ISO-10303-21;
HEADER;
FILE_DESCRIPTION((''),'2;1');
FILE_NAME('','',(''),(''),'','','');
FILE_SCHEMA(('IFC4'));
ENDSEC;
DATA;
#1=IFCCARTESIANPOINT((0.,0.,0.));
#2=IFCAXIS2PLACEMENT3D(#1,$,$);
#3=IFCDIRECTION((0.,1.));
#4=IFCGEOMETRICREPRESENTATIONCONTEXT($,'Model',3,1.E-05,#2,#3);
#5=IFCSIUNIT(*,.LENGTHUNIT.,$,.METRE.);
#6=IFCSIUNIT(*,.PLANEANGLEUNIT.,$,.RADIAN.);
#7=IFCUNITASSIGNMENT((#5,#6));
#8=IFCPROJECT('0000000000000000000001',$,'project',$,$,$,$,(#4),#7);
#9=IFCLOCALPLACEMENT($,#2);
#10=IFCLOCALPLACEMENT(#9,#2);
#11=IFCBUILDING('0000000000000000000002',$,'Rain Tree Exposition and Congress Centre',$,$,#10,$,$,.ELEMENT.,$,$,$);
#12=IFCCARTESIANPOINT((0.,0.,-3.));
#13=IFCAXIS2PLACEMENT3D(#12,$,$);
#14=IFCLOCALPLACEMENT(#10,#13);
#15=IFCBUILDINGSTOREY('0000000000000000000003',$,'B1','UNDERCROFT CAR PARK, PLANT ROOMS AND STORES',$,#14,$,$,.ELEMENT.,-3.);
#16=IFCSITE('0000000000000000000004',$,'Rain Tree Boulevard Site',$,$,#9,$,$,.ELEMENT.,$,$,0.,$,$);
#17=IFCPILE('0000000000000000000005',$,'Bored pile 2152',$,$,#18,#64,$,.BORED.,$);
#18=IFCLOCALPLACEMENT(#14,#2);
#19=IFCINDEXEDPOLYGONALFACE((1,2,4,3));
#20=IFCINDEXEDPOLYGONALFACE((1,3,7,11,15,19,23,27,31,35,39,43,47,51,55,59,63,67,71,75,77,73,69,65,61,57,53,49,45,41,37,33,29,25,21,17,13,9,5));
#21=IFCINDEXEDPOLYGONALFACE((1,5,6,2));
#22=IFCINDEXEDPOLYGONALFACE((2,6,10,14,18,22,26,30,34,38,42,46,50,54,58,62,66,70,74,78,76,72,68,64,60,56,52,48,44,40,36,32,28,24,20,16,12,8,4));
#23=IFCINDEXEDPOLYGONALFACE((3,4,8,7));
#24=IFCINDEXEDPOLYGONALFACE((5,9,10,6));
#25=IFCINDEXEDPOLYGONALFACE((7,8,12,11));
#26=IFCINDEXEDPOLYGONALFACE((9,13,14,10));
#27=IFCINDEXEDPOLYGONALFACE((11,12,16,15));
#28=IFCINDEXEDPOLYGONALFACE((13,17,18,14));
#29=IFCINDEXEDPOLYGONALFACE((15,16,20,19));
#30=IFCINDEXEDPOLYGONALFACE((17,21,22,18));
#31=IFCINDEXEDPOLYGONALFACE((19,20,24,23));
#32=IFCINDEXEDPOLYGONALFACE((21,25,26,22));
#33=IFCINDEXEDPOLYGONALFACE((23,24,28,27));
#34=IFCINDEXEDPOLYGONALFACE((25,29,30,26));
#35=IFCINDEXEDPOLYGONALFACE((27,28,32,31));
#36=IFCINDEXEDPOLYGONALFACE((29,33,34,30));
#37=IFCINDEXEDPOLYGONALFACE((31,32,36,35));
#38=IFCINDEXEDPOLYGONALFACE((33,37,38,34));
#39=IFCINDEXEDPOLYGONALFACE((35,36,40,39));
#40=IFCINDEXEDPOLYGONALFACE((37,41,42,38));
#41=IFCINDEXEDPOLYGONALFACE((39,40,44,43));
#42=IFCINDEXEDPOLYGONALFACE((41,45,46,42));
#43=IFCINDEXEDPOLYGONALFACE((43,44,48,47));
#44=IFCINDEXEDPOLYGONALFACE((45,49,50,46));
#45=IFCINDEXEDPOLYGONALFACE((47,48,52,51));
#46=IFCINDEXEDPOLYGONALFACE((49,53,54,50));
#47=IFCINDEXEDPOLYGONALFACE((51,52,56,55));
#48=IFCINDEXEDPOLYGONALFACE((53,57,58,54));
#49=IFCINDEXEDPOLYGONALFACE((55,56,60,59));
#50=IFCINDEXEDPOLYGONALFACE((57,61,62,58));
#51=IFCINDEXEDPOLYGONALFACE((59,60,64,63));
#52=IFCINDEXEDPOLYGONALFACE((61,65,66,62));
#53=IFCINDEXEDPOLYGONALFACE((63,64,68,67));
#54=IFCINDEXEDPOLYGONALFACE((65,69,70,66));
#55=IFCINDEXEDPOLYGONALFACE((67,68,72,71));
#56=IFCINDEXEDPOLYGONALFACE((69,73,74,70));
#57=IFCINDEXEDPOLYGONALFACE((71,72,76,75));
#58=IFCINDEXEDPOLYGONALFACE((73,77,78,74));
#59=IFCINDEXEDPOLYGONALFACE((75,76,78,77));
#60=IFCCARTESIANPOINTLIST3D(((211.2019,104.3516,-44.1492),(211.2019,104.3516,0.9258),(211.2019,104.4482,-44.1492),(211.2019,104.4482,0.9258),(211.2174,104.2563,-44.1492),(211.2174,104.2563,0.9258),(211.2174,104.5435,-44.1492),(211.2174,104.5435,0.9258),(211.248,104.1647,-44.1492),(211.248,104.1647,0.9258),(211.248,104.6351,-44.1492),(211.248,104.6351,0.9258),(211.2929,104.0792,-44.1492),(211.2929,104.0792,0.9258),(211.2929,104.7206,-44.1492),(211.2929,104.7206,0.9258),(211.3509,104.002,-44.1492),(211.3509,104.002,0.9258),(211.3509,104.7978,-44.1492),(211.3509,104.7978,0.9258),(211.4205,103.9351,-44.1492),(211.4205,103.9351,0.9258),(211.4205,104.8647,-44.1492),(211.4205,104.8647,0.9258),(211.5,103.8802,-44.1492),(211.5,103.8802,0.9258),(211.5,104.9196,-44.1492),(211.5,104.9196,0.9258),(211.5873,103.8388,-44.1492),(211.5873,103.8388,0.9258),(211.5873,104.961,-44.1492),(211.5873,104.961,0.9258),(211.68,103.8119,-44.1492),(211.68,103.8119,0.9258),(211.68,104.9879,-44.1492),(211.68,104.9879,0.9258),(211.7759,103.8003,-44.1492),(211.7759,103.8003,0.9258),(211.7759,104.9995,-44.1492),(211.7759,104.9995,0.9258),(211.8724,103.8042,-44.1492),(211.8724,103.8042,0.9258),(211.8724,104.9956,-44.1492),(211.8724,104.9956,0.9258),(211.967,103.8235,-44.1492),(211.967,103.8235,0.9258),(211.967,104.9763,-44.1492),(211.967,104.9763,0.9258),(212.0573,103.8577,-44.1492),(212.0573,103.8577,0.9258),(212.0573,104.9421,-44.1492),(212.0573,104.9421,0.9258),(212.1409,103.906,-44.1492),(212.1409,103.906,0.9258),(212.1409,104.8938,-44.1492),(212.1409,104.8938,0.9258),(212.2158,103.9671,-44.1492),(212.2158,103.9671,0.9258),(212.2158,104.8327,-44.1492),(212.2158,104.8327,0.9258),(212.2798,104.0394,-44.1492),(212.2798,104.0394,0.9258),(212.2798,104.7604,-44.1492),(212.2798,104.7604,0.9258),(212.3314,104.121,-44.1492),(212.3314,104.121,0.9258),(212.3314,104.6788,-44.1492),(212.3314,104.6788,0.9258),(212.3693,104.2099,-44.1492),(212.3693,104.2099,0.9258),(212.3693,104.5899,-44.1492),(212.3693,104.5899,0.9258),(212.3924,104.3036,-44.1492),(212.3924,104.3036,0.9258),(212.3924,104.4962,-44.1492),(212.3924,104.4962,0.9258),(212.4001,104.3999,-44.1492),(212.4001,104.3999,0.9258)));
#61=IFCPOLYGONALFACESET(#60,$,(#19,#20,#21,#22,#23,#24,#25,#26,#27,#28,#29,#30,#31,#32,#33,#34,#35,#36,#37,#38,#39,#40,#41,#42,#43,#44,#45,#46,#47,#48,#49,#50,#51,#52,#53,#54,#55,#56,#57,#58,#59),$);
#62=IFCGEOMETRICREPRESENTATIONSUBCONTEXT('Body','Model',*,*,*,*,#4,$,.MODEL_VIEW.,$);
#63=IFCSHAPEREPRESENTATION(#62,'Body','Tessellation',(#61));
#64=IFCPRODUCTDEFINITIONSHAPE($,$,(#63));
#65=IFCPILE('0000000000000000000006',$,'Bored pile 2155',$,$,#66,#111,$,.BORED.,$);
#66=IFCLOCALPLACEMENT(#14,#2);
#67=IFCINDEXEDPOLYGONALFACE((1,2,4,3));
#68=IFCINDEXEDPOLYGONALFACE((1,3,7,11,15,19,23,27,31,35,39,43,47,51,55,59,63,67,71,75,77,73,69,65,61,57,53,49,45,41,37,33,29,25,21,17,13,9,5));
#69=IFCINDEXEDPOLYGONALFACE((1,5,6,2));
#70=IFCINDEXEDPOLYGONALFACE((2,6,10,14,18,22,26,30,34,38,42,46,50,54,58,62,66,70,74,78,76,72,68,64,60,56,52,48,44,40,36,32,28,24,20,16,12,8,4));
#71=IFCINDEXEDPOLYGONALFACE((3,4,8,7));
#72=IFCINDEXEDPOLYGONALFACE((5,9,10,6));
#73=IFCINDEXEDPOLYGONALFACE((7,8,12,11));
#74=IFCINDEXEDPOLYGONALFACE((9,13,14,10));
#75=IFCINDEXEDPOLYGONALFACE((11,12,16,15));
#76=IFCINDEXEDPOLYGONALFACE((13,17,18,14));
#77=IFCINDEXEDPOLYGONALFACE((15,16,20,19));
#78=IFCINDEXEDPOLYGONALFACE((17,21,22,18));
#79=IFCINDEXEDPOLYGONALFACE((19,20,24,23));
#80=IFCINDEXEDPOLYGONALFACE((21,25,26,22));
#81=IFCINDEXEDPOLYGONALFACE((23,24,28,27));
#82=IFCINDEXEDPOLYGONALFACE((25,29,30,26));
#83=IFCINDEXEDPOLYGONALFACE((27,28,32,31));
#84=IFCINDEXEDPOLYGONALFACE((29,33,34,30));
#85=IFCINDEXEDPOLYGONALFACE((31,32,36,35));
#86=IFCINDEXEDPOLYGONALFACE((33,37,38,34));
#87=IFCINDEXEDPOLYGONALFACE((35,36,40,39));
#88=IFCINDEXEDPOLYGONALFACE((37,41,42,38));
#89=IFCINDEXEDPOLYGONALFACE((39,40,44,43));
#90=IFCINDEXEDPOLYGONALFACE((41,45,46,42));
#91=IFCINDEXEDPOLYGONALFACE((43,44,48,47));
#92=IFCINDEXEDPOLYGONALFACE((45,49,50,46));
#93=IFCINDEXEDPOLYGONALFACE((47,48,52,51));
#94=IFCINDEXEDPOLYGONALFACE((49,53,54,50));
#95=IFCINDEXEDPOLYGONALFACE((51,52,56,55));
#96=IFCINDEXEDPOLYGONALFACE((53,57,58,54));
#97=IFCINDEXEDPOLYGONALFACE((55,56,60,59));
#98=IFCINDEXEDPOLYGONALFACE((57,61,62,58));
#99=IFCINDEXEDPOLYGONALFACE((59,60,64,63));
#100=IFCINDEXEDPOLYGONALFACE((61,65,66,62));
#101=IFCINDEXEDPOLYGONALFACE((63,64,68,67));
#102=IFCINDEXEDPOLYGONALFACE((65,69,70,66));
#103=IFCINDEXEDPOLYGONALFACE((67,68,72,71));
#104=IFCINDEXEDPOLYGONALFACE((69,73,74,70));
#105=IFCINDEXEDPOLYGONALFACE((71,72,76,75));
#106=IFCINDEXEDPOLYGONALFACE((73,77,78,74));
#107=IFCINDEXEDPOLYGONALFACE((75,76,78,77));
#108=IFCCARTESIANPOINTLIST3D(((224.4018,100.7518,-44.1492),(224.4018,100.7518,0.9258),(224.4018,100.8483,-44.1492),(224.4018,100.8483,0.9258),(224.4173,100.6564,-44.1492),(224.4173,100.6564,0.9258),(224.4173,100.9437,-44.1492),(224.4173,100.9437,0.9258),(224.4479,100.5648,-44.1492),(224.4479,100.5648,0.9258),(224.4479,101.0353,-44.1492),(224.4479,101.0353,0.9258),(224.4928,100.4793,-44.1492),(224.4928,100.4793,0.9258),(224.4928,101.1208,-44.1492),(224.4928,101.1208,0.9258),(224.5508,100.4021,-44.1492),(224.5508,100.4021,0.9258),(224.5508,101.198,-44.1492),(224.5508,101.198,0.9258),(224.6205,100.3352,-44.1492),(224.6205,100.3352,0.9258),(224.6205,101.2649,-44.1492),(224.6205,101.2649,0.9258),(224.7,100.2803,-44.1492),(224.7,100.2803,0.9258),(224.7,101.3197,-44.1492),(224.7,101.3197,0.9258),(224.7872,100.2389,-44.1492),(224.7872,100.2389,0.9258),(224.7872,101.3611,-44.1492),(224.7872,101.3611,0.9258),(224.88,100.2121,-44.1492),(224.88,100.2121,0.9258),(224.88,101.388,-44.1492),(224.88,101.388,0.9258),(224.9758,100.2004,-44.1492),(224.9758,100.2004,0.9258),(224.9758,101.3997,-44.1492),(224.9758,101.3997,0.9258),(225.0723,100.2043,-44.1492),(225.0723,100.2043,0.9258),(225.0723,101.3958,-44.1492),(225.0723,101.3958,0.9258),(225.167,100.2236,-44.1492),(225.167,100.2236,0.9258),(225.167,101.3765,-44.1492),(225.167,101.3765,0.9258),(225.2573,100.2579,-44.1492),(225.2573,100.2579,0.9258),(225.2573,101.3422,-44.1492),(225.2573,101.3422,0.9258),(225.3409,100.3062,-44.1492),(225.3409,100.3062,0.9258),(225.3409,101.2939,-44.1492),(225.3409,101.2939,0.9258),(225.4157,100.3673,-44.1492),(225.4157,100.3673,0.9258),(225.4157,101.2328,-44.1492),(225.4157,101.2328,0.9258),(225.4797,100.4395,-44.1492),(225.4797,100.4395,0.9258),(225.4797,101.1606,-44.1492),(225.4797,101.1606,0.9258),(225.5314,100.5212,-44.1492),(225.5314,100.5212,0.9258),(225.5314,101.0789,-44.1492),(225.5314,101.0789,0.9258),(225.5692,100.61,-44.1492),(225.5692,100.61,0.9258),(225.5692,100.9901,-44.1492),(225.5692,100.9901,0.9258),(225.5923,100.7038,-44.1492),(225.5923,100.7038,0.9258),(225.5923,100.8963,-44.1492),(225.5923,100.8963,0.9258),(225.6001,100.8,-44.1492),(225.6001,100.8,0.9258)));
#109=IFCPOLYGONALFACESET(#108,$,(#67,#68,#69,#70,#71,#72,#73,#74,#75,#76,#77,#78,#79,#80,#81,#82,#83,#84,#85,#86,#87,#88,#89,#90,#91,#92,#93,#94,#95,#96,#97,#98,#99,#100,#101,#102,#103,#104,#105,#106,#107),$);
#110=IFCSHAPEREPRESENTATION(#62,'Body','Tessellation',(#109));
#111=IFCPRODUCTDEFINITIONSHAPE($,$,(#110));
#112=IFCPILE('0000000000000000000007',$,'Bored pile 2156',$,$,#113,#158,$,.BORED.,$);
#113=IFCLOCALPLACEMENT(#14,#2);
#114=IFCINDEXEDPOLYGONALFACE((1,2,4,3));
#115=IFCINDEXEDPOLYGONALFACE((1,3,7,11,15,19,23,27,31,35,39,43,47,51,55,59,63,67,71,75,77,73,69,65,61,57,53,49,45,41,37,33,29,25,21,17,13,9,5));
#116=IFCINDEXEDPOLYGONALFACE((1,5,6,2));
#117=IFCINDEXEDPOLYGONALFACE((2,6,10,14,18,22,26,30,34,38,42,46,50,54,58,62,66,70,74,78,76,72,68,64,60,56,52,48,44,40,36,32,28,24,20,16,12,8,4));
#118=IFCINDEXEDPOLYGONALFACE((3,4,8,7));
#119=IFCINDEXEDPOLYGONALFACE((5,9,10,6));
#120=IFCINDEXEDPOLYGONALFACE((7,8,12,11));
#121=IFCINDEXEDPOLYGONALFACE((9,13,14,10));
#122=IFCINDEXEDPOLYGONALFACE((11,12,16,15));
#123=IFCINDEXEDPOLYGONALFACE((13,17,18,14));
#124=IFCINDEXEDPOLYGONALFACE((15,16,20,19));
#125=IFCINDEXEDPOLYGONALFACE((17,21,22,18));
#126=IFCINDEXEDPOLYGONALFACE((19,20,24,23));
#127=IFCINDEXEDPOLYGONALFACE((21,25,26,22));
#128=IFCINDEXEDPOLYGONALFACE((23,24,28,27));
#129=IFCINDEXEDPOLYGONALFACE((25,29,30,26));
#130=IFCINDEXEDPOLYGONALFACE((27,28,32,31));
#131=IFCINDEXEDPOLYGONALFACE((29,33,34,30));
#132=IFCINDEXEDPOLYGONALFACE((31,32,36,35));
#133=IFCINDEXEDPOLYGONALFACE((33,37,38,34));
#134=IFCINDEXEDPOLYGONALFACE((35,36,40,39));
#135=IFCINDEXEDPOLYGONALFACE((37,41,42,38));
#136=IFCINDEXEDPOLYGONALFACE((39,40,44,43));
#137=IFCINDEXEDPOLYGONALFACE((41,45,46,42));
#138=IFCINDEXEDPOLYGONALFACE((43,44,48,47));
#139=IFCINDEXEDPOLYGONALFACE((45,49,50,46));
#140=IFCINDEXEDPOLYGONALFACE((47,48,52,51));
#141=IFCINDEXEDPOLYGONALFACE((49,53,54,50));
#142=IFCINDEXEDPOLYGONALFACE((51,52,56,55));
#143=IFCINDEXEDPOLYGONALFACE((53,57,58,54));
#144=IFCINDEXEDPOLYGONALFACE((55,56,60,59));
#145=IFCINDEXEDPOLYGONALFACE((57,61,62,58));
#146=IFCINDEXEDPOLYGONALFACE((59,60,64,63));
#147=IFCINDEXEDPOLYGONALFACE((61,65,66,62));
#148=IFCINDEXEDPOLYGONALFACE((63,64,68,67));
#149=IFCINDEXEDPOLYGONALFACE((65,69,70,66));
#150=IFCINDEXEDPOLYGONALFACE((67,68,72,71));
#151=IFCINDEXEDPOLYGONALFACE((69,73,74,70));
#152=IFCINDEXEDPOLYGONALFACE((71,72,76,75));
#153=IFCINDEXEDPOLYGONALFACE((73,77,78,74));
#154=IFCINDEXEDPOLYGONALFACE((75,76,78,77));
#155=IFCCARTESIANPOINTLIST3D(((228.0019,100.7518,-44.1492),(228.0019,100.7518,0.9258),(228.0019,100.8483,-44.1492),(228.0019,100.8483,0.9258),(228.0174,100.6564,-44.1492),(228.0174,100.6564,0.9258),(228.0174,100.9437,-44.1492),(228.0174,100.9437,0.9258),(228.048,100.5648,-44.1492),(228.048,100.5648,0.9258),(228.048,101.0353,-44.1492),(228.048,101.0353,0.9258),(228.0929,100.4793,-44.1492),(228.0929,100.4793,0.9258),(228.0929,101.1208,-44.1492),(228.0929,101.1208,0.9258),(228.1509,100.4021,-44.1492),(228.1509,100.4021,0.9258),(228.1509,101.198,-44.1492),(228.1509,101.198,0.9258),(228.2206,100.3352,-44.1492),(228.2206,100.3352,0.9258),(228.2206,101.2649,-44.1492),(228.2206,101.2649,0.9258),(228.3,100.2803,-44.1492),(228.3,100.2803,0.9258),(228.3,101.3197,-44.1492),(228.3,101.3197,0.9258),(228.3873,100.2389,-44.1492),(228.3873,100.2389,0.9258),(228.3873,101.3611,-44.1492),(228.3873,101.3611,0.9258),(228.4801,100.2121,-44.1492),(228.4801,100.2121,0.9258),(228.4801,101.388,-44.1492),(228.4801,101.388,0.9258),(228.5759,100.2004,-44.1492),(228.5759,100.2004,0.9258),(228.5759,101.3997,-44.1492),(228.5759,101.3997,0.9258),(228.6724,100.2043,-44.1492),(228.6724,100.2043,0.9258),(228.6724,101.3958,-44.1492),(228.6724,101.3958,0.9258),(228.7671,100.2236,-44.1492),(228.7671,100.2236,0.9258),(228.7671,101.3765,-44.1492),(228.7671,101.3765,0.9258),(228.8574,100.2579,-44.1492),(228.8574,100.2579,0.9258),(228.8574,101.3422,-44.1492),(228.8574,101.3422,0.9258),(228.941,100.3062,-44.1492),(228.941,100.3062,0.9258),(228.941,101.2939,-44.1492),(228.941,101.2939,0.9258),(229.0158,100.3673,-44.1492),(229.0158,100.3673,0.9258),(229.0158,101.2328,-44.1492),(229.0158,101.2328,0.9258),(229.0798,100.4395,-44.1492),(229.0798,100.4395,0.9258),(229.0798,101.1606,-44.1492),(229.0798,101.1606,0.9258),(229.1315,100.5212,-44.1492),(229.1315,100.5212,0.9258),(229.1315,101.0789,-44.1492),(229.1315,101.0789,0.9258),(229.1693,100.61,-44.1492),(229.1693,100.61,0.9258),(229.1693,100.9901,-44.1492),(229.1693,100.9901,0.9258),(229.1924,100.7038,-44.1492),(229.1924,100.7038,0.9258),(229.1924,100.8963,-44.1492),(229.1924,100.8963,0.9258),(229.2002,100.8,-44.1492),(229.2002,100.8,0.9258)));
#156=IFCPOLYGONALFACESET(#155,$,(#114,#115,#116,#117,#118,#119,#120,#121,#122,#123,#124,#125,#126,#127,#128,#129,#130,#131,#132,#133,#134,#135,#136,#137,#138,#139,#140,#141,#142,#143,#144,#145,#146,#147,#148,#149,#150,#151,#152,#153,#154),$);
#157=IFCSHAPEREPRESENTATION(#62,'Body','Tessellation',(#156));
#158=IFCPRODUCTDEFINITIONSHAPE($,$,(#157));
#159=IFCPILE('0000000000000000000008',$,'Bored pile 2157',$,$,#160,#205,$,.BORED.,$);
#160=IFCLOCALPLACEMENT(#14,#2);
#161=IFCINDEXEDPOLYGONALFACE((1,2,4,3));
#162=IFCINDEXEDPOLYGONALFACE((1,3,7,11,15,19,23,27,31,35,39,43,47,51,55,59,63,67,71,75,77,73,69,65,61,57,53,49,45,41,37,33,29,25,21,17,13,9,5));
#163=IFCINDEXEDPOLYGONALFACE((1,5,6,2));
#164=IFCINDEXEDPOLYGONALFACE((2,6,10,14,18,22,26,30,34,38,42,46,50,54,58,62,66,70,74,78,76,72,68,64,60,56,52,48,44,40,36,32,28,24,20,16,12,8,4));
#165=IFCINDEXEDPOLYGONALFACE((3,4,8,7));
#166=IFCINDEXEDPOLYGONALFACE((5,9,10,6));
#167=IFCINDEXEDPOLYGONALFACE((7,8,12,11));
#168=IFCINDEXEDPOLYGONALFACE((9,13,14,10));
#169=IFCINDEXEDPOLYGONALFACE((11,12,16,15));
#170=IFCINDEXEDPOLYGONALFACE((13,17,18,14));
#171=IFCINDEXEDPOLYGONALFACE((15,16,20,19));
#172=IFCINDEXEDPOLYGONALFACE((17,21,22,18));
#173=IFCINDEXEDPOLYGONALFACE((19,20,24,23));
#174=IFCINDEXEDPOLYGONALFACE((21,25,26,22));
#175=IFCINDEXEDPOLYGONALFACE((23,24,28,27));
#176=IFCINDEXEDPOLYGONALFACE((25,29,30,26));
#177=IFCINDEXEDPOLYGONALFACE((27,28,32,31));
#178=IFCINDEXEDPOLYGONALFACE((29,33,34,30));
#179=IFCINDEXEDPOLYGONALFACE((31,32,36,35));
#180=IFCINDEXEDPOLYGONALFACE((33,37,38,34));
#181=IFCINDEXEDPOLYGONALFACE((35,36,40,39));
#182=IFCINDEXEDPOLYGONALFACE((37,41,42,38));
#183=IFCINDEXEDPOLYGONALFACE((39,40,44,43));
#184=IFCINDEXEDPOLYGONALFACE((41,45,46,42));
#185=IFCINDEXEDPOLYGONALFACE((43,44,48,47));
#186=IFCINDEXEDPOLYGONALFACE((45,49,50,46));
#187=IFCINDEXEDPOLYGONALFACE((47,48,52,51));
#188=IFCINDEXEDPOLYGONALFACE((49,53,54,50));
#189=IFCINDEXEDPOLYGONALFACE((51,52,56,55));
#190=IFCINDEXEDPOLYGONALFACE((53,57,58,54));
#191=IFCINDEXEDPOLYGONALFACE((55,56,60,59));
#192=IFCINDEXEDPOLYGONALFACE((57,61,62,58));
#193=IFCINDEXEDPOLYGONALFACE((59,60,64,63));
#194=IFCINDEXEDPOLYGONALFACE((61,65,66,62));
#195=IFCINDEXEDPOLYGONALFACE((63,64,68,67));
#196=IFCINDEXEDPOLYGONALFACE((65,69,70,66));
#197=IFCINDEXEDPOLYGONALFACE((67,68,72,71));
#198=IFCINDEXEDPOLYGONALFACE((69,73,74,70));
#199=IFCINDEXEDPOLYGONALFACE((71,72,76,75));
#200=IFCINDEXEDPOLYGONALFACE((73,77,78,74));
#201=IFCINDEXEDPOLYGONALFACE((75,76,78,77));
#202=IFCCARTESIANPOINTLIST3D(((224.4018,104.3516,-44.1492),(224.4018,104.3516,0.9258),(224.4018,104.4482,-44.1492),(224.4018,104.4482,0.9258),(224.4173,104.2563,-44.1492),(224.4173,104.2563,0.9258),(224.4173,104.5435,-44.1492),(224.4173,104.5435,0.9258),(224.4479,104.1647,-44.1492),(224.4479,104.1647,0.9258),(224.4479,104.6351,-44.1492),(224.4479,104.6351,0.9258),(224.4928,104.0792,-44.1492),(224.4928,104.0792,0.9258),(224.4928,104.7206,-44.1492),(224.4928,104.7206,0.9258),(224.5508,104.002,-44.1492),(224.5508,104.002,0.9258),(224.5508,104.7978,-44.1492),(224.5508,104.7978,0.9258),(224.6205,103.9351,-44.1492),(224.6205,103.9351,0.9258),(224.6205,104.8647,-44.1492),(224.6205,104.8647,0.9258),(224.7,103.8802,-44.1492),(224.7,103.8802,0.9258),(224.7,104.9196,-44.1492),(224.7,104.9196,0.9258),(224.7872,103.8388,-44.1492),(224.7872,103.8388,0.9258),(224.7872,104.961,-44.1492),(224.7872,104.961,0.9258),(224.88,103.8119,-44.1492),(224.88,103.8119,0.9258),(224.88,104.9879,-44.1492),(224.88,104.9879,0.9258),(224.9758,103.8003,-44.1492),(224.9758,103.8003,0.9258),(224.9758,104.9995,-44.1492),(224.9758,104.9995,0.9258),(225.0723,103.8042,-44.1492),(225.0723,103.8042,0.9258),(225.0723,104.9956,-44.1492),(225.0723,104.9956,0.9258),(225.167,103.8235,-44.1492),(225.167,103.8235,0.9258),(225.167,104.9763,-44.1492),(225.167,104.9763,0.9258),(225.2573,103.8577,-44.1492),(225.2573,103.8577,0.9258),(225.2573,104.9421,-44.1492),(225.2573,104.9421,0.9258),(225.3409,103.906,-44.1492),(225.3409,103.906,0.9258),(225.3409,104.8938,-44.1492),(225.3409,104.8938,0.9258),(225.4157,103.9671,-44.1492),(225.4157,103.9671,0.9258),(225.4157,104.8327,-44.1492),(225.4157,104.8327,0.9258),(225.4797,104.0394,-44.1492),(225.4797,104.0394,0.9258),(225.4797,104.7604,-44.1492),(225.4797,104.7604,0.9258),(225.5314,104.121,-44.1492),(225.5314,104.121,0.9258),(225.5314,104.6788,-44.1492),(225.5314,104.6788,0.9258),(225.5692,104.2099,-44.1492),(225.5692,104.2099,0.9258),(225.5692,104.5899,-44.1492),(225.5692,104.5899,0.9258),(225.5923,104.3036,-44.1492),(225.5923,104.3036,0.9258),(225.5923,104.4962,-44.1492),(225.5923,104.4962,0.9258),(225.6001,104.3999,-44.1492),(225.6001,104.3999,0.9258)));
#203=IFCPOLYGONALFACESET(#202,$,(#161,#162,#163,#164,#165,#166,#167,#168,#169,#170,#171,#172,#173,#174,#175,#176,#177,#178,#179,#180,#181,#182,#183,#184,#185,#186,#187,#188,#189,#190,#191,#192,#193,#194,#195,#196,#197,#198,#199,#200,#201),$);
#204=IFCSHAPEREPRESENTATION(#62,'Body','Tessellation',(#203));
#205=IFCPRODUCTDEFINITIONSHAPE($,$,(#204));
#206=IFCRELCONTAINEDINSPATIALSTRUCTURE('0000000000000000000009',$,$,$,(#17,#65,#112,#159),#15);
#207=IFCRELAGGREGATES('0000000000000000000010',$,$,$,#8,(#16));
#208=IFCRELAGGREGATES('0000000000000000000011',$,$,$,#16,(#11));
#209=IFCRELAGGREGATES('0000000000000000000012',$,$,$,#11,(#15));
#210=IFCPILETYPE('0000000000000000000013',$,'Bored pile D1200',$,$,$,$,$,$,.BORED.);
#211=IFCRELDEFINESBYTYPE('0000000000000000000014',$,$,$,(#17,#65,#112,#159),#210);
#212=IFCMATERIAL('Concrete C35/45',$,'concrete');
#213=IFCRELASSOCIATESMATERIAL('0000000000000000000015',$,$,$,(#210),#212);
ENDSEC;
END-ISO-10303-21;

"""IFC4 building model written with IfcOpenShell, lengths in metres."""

from ifc_helpers import new_model, si_unit, direction, frame, origin, origin_2d, place, context, subcontext, project, spatial, circle, extrude, material, material_profile, profile_set, type_object, element, save


model = new_model("IFC4")

# Units and contexts
model_context = context("Model", 3, precision=1e-05, world=origin(), true_north=direction((0.0, 1.0)))
body_context = subcontext(model_context, "Body", "Model", "MODEL_VIEW")
ifc_project = project(units=[si_unit("LENGTHUNIT", "METRE"), si_unit("PLANEANGLEUNIT", "RADIAN")], contexts=[model_context])

# Site, building, storey
site_placement = place(None, origin())
site = spatial("IfcSite", under=ifc_project, at=site_placement, Name="Rain Tree Boulevard Site", CompositionType="ELEMENT", RefElevation=0.0)
building_placement = place(site_placement, origin())
building = spatial("IfcBuilding", under=site, at=building_placement, Name="Rain Tree Exposition and Congress Centre", CompositionType="ELEMENT")
storey_placement = place(building_placement, frame((0.0, 0.0, -3.0)))
storey = spatial("IfcBuildingStorey", under=building, at=storey_placement, Name="B1", Description="UNDERCROFT CAR PARK, PLANT ROOMS AND STORES", CompositionType="ELEMENT", Elevation=-3.0)

# Piles
ifc_material_1 = material(Name="Concrete C35/45", Category="concrete")
ifc_material_profile_1 = material_profile(ifc_material_1, circle(Radius=0.6001, at=origin_2d()), Name="D1200")
ifc_profile_set_1 = profile_set([ifc_material_profile_1], Name="Concrete C35/45")
pile_type_1 = type_object("IfcPileType", Name="Bored pile D1200", PredefinedType="BORED", material=ifc_profile_set_1)
for number, where, z_axis, x_axis, name in (
    (1, (211.8, 104.3999, 0.9258), (0.0, 0.0, -1.0), (1.0, 0.0, 0.0), "Bored pile 2152"),
    (2, (225.0, 100.8, 0.9258), (0.0, 0.0, -1.0), (1.0, 0.0, 0.0), "Bored pile 2155"),
    (3, (228.6001, 100.8, 0.9258), (0.0, 0.0, -1.0), (1.0, 0.0, 0.0), "Bored pile 2156"),
    (4, (225.0, 104.3999, 0.9258), (0.0, 0.0, -1.0), (1.0, 0.0, 0.0), "Bored pile 2157"),
):
    element("IfcPile", number, at=place(storey_placement, frame(where, z_axis=z_axis, x_axis=x_axis)), inside=storey, type_object=pile_type_1, Name=name, PredefinedType="BORED", context=body_context, shape_type="SweptSolid", body=[
        extrude(circle(Radius=0.6001, at=origin_2d()), origin(), (0.0, 0.0, 1.0), 45.075),
    ])

save(model, "model.ifc")
